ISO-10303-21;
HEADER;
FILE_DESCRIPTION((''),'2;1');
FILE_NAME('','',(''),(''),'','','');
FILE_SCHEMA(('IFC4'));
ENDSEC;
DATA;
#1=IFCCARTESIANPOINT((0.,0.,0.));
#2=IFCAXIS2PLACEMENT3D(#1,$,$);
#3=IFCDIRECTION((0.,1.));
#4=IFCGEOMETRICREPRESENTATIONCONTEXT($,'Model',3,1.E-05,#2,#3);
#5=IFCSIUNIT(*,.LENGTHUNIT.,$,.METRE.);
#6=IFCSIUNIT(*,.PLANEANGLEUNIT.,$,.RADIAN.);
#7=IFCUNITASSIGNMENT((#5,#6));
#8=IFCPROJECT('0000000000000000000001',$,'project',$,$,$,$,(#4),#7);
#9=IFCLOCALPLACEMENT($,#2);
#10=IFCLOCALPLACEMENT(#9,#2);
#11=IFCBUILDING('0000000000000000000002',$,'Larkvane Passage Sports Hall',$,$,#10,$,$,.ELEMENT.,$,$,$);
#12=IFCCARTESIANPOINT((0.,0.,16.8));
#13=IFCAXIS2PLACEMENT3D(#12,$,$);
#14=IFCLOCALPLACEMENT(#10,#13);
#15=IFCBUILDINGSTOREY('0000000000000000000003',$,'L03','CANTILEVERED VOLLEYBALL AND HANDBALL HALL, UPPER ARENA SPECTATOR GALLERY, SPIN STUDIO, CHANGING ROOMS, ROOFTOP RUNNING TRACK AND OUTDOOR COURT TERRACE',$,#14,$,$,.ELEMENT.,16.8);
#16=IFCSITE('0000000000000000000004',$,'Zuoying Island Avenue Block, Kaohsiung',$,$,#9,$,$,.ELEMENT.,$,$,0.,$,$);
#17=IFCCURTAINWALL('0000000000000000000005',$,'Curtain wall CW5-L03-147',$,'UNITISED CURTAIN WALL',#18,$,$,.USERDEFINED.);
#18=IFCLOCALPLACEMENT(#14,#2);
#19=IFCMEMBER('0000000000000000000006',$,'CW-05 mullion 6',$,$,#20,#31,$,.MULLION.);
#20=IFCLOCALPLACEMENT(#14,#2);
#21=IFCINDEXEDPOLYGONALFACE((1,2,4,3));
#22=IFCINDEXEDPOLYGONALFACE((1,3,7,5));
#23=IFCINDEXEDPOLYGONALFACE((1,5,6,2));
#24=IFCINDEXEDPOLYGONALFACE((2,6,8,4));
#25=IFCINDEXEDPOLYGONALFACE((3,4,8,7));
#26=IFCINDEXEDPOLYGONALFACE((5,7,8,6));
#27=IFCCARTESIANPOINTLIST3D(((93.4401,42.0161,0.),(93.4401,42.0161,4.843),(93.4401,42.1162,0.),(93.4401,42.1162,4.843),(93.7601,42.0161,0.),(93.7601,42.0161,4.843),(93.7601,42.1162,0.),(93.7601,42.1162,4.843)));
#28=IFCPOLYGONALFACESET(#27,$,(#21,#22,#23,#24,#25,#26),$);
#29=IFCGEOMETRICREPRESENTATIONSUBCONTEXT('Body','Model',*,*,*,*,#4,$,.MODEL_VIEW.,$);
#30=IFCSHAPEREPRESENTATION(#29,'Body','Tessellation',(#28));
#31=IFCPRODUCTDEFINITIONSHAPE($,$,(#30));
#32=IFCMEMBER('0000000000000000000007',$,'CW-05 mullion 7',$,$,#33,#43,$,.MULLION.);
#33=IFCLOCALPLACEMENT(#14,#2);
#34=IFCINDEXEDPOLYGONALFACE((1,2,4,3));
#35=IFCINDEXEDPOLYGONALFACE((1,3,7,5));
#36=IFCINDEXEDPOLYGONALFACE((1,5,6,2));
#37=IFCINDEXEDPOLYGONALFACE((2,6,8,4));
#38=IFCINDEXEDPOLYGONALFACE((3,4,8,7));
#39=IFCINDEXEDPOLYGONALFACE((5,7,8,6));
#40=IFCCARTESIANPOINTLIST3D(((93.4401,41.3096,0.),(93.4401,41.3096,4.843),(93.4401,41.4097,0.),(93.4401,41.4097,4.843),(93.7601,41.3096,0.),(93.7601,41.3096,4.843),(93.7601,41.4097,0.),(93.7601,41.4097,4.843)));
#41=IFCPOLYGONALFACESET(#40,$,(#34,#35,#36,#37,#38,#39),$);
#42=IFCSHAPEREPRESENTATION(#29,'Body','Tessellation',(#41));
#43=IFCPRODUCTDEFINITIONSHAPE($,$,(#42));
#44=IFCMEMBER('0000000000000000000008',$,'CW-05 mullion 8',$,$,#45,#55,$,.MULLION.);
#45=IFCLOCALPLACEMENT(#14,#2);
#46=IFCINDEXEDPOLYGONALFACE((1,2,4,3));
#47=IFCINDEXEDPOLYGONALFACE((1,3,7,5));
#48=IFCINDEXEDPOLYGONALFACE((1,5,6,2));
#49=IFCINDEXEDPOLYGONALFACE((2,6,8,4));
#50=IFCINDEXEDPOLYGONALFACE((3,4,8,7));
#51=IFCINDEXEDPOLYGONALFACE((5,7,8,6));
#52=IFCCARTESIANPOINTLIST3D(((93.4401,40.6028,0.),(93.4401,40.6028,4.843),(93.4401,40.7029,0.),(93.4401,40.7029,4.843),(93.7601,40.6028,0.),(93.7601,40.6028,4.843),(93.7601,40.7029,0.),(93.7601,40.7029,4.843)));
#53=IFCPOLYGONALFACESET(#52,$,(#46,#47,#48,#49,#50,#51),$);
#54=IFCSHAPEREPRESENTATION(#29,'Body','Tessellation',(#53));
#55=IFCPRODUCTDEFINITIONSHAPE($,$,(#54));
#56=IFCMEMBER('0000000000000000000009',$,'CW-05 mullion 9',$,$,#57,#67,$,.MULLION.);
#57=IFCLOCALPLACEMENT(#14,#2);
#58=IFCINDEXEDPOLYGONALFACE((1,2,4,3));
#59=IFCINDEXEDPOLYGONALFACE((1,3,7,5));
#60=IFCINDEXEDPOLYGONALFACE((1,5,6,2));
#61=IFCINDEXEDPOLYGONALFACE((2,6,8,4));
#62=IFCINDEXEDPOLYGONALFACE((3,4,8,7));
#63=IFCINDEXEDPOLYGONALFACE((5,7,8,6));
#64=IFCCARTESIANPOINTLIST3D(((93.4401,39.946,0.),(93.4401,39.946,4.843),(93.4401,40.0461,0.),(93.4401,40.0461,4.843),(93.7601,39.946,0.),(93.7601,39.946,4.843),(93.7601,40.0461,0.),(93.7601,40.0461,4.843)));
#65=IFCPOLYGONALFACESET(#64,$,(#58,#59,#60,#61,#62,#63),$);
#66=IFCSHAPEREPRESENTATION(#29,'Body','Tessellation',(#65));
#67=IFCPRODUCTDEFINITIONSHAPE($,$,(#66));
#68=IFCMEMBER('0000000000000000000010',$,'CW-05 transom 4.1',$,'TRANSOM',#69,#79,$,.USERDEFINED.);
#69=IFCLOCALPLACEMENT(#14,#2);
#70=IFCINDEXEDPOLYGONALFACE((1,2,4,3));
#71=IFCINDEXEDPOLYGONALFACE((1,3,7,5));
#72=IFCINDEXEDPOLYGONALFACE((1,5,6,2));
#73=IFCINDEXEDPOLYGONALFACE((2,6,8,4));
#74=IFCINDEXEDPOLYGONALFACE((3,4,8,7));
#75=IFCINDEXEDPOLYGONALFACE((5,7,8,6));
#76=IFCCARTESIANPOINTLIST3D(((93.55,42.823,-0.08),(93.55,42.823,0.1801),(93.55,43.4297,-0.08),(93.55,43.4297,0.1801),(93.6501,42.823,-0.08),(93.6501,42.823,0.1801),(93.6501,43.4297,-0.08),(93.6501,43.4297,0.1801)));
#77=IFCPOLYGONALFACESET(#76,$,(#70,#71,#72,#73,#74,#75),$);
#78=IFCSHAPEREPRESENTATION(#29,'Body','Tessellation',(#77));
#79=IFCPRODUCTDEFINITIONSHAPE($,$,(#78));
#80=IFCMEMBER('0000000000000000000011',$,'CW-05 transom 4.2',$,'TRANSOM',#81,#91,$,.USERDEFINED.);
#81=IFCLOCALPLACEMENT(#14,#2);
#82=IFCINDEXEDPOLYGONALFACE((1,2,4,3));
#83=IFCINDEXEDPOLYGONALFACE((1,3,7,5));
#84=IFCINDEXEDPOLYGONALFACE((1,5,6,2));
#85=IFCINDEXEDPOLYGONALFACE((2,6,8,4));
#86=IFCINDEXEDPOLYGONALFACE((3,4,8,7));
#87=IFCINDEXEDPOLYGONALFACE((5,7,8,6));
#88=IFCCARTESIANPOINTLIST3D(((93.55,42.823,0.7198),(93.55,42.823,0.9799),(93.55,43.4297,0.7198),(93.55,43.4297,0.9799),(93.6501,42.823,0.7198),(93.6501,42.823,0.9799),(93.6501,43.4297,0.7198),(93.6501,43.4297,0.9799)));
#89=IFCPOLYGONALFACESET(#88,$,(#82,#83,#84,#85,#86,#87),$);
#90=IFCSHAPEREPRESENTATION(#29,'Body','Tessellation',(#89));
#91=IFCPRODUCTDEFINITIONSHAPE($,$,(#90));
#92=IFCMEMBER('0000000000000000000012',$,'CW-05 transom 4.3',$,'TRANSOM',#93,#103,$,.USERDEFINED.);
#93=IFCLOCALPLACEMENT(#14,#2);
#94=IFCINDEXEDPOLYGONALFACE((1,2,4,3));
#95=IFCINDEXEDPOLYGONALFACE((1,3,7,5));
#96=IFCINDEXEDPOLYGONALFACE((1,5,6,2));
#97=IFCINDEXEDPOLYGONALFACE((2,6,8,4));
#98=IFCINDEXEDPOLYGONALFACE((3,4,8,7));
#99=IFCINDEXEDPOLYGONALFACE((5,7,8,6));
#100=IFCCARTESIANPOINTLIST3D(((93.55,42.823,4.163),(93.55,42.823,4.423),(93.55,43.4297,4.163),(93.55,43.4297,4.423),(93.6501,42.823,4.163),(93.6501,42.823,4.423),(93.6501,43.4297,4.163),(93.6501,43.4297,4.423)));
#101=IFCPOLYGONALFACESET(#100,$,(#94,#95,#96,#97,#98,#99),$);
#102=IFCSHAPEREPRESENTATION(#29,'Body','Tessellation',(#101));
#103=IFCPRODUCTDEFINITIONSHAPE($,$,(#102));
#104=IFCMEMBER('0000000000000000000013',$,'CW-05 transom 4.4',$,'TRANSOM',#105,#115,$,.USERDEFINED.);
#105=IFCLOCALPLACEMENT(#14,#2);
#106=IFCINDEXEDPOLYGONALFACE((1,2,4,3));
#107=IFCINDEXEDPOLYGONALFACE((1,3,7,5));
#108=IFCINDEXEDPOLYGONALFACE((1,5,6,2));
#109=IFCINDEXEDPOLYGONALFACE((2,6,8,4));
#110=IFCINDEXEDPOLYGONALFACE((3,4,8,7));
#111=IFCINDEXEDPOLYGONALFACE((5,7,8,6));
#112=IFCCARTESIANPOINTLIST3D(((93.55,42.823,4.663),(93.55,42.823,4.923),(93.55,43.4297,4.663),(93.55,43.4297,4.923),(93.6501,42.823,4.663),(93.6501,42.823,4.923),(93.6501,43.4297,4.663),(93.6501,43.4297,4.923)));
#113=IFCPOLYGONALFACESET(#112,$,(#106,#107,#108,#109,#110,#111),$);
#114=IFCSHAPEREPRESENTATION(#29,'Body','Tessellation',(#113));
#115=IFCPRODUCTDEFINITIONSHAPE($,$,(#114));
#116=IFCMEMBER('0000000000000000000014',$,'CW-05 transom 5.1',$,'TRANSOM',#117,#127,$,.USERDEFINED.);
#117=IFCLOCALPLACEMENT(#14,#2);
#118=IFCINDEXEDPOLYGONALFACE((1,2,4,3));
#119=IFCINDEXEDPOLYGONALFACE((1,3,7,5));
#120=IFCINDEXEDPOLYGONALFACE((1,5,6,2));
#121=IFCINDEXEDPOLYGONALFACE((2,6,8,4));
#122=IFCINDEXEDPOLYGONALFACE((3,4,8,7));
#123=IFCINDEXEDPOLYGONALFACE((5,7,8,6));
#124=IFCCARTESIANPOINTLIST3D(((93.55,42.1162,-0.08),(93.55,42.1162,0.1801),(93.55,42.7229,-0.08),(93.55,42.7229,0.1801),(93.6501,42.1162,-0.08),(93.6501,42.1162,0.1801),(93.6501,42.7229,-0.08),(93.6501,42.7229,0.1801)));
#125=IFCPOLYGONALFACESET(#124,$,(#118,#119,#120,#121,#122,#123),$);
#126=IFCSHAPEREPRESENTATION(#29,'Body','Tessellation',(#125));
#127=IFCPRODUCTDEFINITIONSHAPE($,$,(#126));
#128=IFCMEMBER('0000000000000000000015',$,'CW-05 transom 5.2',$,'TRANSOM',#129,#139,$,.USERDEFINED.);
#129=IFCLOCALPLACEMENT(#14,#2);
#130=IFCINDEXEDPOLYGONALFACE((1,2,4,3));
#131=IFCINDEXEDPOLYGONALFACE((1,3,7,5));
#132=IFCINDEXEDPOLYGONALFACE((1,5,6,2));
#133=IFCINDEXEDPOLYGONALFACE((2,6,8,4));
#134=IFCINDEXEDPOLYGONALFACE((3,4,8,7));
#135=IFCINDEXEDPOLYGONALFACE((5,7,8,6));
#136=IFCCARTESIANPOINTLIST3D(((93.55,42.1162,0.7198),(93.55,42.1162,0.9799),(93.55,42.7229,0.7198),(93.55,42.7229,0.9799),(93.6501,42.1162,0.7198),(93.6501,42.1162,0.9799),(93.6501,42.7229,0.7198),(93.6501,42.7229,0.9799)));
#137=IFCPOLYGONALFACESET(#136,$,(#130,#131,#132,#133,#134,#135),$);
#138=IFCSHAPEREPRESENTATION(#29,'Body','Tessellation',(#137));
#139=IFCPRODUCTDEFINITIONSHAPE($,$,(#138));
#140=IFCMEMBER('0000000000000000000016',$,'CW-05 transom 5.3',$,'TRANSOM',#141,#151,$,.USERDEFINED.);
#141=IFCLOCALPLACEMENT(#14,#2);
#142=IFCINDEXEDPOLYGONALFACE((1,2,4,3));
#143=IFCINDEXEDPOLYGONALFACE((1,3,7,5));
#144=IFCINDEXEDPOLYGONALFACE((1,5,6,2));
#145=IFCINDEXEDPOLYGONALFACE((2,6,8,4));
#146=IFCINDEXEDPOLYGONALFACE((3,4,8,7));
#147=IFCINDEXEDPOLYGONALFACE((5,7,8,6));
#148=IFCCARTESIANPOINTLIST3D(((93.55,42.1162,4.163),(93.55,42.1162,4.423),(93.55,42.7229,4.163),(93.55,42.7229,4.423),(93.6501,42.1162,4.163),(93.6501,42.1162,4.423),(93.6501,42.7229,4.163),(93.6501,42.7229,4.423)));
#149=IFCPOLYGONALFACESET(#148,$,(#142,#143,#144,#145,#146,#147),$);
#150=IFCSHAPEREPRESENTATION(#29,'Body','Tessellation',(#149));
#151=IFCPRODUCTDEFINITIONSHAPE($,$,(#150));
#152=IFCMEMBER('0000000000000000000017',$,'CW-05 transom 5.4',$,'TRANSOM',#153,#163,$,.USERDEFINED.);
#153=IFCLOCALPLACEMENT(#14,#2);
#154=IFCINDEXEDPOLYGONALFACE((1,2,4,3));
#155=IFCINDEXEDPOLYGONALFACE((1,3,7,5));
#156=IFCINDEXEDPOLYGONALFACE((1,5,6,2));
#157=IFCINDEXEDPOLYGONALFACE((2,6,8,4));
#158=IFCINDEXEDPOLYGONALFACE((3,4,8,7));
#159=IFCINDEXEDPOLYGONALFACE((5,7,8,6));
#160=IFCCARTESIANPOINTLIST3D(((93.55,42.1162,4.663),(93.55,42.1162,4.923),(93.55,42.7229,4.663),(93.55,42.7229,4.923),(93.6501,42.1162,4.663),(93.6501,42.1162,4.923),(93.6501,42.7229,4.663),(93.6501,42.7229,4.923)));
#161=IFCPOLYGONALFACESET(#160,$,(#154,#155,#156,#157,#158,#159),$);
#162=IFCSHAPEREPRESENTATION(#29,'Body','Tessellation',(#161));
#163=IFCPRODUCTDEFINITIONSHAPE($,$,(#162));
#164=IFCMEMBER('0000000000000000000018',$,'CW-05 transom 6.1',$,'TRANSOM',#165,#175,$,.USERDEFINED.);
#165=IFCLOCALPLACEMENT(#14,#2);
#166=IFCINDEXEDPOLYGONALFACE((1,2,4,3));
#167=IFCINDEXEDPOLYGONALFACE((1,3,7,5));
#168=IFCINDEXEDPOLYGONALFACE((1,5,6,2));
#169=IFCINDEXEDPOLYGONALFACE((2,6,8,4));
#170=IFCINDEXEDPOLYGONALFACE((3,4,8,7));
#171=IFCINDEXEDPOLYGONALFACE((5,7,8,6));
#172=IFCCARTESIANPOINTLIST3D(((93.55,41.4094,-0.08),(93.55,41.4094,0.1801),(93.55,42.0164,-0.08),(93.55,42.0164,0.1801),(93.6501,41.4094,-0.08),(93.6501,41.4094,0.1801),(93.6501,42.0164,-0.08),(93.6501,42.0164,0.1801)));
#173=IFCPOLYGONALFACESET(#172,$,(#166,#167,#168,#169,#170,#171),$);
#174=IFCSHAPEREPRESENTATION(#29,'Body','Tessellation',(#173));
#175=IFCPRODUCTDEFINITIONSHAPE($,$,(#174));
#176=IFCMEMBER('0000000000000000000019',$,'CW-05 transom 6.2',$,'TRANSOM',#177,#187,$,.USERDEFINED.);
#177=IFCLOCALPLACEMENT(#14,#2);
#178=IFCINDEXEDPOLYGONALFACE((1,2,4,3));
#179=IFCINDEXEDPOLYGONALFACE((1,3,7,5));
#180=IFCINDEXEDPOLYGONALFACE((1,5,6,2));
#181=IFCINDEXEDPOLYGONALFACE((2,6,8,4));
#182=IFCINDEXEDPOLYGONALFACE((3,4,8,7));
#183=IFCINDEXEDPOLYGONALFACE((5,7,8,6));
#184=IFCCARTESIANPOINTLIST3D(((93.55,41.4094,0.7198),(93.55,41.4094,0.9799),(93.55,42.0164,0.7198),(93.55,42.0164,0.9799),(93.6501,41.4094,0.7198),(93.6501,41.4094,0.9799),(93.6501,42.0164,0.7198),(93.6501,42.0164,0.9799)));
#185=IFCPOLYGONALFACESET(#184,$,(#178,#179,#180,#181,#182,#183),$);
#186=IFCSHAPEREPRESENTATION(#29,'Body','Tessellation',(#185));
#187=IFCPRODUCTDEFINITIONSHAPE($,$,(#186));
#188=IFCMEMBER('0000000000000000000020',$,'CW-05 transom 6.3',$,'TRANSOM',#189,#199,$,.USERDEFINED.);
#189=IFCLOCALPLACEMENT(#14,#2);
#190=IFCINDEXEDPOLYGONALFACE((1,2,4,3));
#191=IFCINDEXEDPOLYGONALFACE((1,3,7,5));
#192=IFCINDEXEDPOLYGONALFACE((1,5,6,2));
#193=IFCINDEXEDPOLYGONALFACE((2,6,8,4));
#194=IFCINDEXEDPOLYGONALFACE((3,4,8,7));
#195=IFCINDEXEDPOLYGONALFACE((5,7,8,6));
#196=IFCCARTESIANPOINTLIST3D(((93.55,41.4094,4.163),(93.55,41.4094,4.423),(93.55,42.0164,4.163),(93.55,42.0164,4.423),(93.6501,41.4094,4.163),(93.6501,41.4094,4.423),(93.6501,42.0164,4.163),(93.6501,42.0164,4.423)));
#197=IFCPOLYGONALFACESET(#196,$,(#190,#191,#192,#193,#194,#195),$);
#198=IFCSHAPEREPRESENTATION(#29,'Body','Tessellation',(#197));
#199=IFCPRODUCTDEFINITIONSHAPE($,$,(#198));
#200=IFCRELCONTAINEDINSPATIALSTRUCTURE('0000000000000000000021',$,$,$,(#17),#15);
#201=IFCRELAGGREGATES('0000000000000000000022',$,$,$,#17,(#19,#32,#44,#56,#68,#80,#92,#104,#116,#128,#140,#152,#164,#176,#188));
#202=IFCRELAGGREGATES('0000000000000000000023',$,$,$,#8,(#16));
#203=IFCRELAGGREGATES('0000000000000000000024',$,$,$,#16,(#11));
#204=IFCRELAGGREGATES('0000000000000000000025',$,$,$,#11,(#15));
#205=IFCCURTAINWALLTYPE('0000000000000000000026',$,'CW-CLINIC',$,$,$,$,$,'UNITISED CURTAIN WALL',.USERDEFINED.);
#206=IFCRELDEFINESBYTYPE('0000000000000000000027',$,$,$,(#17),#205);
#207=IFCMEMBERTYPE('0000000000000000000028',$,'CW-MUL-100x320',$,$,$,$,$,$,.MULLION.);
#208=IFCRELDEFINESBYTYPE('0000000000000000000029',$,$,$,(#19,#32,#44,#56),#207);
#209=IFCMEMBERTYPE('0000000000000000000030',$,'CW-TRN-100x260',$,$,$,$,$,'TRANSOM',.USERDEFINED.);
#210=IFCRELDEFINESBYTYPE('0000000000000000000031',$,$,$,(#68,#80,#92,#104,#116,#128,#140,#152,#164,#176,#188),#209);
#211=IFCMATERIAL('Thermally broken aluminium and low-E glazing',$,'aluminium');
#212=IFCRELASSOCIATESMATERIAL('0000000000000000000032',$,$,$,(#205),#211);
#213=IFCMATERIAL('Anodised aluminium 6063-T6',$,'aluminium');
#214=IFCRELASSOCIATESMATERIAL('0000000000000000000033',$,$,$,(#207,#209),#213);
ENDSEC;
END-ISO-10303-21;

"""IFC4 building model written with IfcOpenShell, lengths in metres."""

from ifc_helpers import new_model, si_unit, direction, frame, origin, origin_2d, place, context, subcontext, project, spatial, rectangle, extrude, material, material_profile, profile_set, type_object, element, aggregate, save


model = new_model("IFC4")

# Units and contexts
model_context = context("Model", 3, precision=1e-05, world=origin(), true_north=direction((0.0, 1.0)))
body_context = subcontext(model_context, "Body", "Model", "MODEL_VIEW")
ifc_project = project(units=[si_unit("LENGTHUNIT", "METRE"), si_unit("PLANEANGLEUNIT", "RADIAN")], contexts=[model_context])

# Site, building, storey
site_placement = place(None, origin())
site = spatial("IfcSite", under=ifc_project, at=site_placement, Name="Zuoying Island Avenue Block, Kaohsiung", CompositionType="ELEMENT", RefElevation=0.0)
building_placement = place(site_placement, origin())
building = spatial("IfcBuilding", under=site, at=building_placement, Name="Larkvane Passage Sports Hall", CompositionType="ELEMENT")
storey_placement = place(building_placement, frame((0.0, 0.0, 16.8)))
storey = spatial("IfcBuildingStorey", under=building, at=storey_placement, Name="L03", Description="CANTILEVERED VOLLEYBALL AND HANDBALL HALL, UPPER ARENA SPECTATOR GALLERY, SPIN STUDIO, CHANGING ROOMS, ROOFTOP RUNNING TRACK AND OUTDOOR COURT TERRACE", CompositionType="ELEMENT", Elevation=16.8)

# Curtain wall, members
ifc_material_1 = material(Name="Thermally broken aluminium and low-E glazing", Category="aluminium")
curtain_wall_type = type_object("IfcCurtainWallType", Name="CW-CLINIC", ElementType="UNITISED CURTAIN WALL", PredefinedType="USERDEFINED", material=ifc_material_1)
curtain_wall_placement = place(storey_placement, origin())
curtain_wall = element("IfcCurtainWall", 1, at=curtain_wall_placement, inside=storey, type_object=curtain_wall_type, Name="Curtain wall CW5-L03-147", ObjectType="UNITISED CURTAIN WALL", PredefinedType="USERDEFINED")
ifc_material_2 = material(Name="Anodised aluminium 6063-T6", Category="aluminium")
ifc_material_profile_1 = material_profile(ifc_material_2, rectangle(XDim=0.1001, YDim=0.3201, at=origin_2d()), Name="ALU-MUL-100x320")
ifc_profile_set_1 = profile_set([ifc_material_profile_1], Name="Anodised aluminium 6063-T6")
member_type_1 = type_object("IfcMemberType", Name="CW-MUL-100x320", PredefinedType="MULLION", material=ifc_profile_set_1)
member_1_placement = place(storey_placement, frame((93.6001, 42.0662, 0.0), z_axis=(0.0, 0.0, 1.0), x_axis=(0.0, -1.0, 0.0)))
member_1 = element("IfcMember", 2, at=member_1_placement, type_object=member_type_1, Name="CW-05 mullion 6", PredefinedType="MULLION", context=body_context, shape_type="SweptSolid", body=[
    extrude(rectangle(XDim=0.1001, YDim=0.3201, at=origin_2d()), origin(), (0.0, 0.0, 1.0), 4.843),
])
member_2_placement = place(storey_placement, frame((93.6001, 41.3596, 0.0), z_axis=(0.0, 0.0, 1.0), x_axis=(0.0, -1.0, 0.0)))
member_2 = element("IfcMember", 3, at=member_2_placement, type_object=member_type_1, Name="CW-05 mullion 7", PredefinedType="MULLION", context=body_context, shape_type="SweptSolid", body=[
    extrude(rectangle(XDim=0.1001, YDim=0.3201, at=origin_2d()), origin(), (0.0, 0.0, 1.0), 4.843),
])
member_3_placement = place(storey_placement, frame((93.6001, 40.6528, 0.0), z_axis=(0.0, 0.0, 1.0), x_axis=(0.0, -1.0, 0.0)))
member_3 = element("IfcMember", 4, at=member_3_placement, type_object=member_type_1, Name="CW-05 mullion 8", PredefinedType="MULLION", context=body_context, shape_type="SweptSolid", body=[
    extrude(rectangle(XDim=0.1001, YDim=0.3201, at=origin_2d()), origin(), (0.0, 0.0, 1.0), 4.843),
])
member_4_placement = place(storey_placement, frame((93.6001, 39.9961, 0.0), z_axis=(0.0, 0.0, 1.0), x_axis=(0.0, -1.0, 0.0)))
member_4 = element("IfcMember", 5, at=member_4_placement, type_object=member_type_1, Name="CW-05 mullion 9", PredefinedType="MULLION", context=body_context, shape_type="SweptSolid", body=[
    extrude(rectangle(XDim=0.1001, YDim=0.3201, at=origin_2d()), origin(), (0.0, 0.0, 1.0), 4.843),
])
ifc_material_profile_2 = material_profile(ifc_material_2, rectangle(XDim=0.1001, YDim=0.26, at=origin_2d()), Name="ALU-TRN-100x260")
ifc_profile_set_2 = profile_set([ifc_material_profile_2], Name="Anodised aluminium 6063-T6")
member_type_2 = type_object("IfcMemberType", Name="CW-TRN-100x260", ElementType="TRANSOM", PredefinedType="USERDEFINED", material=ifc_profile_set_2)
member_5_placement = place(storey_placement, frame((93.6001, 43.4297, 0.05), z_axis=(0.0, -1.0, 0.0), x_axis=(1.0, 0.0, 0.0)))
member_5 = element("IfcMember", 6, at=member_5_placement, type_object=member_type_2, Name="CW-05 transom 4.1", ObjectType="TRANSOM", PredefinedType="USERDEFINED", context=body_context, shape_type="SweptSolid", body=[
    extrude(rectangle(XDim=0.1001, YDim=0.26, at=origin_2d()), origin(), (0.0, 0.0, 1.0), 0.6067),
])
member_6_placement = place(storey_placement, frame((93.6001, 43.4297, 0.8499), z_axis=(0.0, -1.0, 0.0), x_axis=(1.0, 0.0, 0.0)))
member_6 = element("IfcMember", 7, at=member_6_placement, type_object=member_type_2, Name="CW-05 transom 4.2", ObjectType="TRANSOM", PredefinedType="USERDEFINED", context=body_context, shape_type="SweptSolid", body=[
    extrude(rectangle(XDim=0.1001, YDim=0.26, at=origin_2d()), origin(), (0.0, 0.0, 1.0), 0.6067),
])
member_7_placement = place(storey_placement, frame((93.6001, 43.4297, 4.293), z_axis=(0.0, -1.0, 0.0), x_axis=(1.0, 0.0, 0.0)))
member_7 = element("IfcMember", 8, at=member_7_placement, type_object=member_type_2, Name="CW-05 transom 4.3", ObjectType="TRANSOM", PredefinedType="USERDEFINED", context=body_context, shape_type="SweptSolid", body=[
    extrude(rectangle(XDim=0.1001, YDim=0.26, at=origin_2d()), origin(), (0.0, 0.0, 1.0), 0.6067),
])
member_8_placement = place(storey_placement, frame((93.6001, 43.4297, 4.793), z_axis=(0.0, -1.0, 0.0), x_axis=(1.0, 0.0, 0.0)))
member_8 = element("IfcMember", 9, at=member_8_placement, type_object=member_type_2, Name="CW-05 transom 4.4", ObjectType="TRANSOM", PredefinedType="USERDEFINED", context=body_context, shape_type="SweptSolid", body=[
    extrude(rectangle(XDim=0.1001, YDim=0.26, at=origin_2d()), origin(), (0.0, 0.0, 1.0), 0.6067),
])
member_9_placement = place(storey_placement, frame((93.6001, 42.7229, 0.05), z_axis=(0.0, -1.0, 0.0), x_axis=(1.0, 0.0, 0.0)))
member_9 = element("IfcMember", 10, at=member_9_placement, type_object=member_type_2, Name="CW-05 transom 5.1", ObjectType="TRANSOM", PredefinedType="USERDEFINED", context=body_context, shape_type="SweptSolid", body=[
    extrude(rectangle(XDim=0.1001, YDim=0.26, at=origin_2d()), origin(), (0.0, 0.0, 1.0), 0.6067),
])
member_10_placement = place(storey_placement, frame((93.6001, 42.7229, 0.8499), z_axis=(0.0, -1.0, 0.0), x_axis=(1.0, 0.0, 0.0)))
member_10 = element("IfcMember", 11, at=member_10_placement, type_object=member_type_2, Name="CW-05 transom 5.2", ObjectType="TRANSOM", PredefinedType="USERDEFINED", context=body_context, shape_type="SweptSolid", body=[
    extrude(rectangle(XDim=0.1001, YDim=0.26, at=origin_2d()), origin(), (0.0, 0.0, 1.0), 0.6067),
])
member_11_placement = place(storey_placement, frame((93.6001, 42.7229, 4.293), z_axis=(0.0, -1.0, 0.0), x_axis=(1.0, 0.0, 0.0)))
member_11 = element("IfcMember", 12, at=member_11_placement, type_object=member_type_2, Name="CW-05 transom 5.3", ObjectType="TRANSOM", PredefinedType="USERDEFINED", context=body_context, shape_type="SweptSolid", body=[
    extrude(rectangle(XDim=0.1001, YDim=0.26, at=origin_2d()), origin(), (0.0, 0.0, 1.0), 0.6067),
])
member_12_placement = place(storey_placement, frame((93.6001, 42.7229, 4.793), z_axis=(0.0, -1.0, 0.0), x_axis=(1.0, 0.0, 0.0)))
member_12 = element("IfcMember", 13, at=member_12_placement, type_object=member_type_2, Name="CW-05 transom 5.4", ObjectType="TRANSOM", PredefinedType="USERDEFINED", context=body_context, shape_type="SweptSolid", body=[
    extrude(rectangle(XDim=0.1001, YDim=0.26, at=origin_2d()), origin(), (0.0, 0.0, 1.0), 0.6067),
])
member_13_placement = place(storey_placement, frame((93.6001, 42.0164, 0.05), z_axis=(0.0, -1.0, 0.0), x_axis=(1.0, 0.0, 0.0)))
member_13 = element("IfcMember", 14, at=member_13_placement, type_object=member_type_2, Name="CW-05 transom 6.1", ObjectType="TRANSOM", PredefinedType="USERDEFINED", context=body_context, shape_type="SweptSolid", body=[
    extrude(rectangle(XDim=0.1001, YDim=0.26, at=origin_2d()), origin(), (0.0, 0.0, 1.0), 0.6069),
])
member_14_placement = place(storey_placement, frame((93.6001, 42.0164, 0.8499), z_axis=(0.0, -1.0, 0.0), x_axis=(1.0, 0.0, 0.0)))
member_14 = element("IfcMember", 15, at=member_14_placement, type_object=member_type_2, Name="CW-05 transom 6.2", ObjectType="TRANSOM", PredefinedType="USERDEFINED", context=body_context, shape_type="SweptSolid", body=[
    extrude(rectangle(XDim=0.1001, YDim=0.26, at=origin_2d()), origin(), (0.0, 0.0, 1.0), 0.6069),
])
member_15_placement = place(storey_placement, frame((93.6001, 42.0164, 4.293), z_axis=(0.0, -1.0, 0.0), x_axis=(1.0, 0.0, 0.0)))
member_15 = element("IfcMember", 16, at=member_15_placement, type_object=member_type_2, Name="CW-05 transom 6.3", ObjectType="TRANSOM", PredefinedType="USERDEFINED", context=body_context, shape_type="SweptSolid", body=[
    extrude(rectangle(XDim=0.1001, YDim=0.26, at=origin_2d()), origin(), (0.0, 0.0, 1.0), 0.6069),
])
aggregate(curtain_wall, [member_1, member_2, member_3, member_4, member_5, member_6, member_7, member_8, member_9, member_10, member_11, member_12, member_13, member_14, member_15])

save(model, "model.ifc")
